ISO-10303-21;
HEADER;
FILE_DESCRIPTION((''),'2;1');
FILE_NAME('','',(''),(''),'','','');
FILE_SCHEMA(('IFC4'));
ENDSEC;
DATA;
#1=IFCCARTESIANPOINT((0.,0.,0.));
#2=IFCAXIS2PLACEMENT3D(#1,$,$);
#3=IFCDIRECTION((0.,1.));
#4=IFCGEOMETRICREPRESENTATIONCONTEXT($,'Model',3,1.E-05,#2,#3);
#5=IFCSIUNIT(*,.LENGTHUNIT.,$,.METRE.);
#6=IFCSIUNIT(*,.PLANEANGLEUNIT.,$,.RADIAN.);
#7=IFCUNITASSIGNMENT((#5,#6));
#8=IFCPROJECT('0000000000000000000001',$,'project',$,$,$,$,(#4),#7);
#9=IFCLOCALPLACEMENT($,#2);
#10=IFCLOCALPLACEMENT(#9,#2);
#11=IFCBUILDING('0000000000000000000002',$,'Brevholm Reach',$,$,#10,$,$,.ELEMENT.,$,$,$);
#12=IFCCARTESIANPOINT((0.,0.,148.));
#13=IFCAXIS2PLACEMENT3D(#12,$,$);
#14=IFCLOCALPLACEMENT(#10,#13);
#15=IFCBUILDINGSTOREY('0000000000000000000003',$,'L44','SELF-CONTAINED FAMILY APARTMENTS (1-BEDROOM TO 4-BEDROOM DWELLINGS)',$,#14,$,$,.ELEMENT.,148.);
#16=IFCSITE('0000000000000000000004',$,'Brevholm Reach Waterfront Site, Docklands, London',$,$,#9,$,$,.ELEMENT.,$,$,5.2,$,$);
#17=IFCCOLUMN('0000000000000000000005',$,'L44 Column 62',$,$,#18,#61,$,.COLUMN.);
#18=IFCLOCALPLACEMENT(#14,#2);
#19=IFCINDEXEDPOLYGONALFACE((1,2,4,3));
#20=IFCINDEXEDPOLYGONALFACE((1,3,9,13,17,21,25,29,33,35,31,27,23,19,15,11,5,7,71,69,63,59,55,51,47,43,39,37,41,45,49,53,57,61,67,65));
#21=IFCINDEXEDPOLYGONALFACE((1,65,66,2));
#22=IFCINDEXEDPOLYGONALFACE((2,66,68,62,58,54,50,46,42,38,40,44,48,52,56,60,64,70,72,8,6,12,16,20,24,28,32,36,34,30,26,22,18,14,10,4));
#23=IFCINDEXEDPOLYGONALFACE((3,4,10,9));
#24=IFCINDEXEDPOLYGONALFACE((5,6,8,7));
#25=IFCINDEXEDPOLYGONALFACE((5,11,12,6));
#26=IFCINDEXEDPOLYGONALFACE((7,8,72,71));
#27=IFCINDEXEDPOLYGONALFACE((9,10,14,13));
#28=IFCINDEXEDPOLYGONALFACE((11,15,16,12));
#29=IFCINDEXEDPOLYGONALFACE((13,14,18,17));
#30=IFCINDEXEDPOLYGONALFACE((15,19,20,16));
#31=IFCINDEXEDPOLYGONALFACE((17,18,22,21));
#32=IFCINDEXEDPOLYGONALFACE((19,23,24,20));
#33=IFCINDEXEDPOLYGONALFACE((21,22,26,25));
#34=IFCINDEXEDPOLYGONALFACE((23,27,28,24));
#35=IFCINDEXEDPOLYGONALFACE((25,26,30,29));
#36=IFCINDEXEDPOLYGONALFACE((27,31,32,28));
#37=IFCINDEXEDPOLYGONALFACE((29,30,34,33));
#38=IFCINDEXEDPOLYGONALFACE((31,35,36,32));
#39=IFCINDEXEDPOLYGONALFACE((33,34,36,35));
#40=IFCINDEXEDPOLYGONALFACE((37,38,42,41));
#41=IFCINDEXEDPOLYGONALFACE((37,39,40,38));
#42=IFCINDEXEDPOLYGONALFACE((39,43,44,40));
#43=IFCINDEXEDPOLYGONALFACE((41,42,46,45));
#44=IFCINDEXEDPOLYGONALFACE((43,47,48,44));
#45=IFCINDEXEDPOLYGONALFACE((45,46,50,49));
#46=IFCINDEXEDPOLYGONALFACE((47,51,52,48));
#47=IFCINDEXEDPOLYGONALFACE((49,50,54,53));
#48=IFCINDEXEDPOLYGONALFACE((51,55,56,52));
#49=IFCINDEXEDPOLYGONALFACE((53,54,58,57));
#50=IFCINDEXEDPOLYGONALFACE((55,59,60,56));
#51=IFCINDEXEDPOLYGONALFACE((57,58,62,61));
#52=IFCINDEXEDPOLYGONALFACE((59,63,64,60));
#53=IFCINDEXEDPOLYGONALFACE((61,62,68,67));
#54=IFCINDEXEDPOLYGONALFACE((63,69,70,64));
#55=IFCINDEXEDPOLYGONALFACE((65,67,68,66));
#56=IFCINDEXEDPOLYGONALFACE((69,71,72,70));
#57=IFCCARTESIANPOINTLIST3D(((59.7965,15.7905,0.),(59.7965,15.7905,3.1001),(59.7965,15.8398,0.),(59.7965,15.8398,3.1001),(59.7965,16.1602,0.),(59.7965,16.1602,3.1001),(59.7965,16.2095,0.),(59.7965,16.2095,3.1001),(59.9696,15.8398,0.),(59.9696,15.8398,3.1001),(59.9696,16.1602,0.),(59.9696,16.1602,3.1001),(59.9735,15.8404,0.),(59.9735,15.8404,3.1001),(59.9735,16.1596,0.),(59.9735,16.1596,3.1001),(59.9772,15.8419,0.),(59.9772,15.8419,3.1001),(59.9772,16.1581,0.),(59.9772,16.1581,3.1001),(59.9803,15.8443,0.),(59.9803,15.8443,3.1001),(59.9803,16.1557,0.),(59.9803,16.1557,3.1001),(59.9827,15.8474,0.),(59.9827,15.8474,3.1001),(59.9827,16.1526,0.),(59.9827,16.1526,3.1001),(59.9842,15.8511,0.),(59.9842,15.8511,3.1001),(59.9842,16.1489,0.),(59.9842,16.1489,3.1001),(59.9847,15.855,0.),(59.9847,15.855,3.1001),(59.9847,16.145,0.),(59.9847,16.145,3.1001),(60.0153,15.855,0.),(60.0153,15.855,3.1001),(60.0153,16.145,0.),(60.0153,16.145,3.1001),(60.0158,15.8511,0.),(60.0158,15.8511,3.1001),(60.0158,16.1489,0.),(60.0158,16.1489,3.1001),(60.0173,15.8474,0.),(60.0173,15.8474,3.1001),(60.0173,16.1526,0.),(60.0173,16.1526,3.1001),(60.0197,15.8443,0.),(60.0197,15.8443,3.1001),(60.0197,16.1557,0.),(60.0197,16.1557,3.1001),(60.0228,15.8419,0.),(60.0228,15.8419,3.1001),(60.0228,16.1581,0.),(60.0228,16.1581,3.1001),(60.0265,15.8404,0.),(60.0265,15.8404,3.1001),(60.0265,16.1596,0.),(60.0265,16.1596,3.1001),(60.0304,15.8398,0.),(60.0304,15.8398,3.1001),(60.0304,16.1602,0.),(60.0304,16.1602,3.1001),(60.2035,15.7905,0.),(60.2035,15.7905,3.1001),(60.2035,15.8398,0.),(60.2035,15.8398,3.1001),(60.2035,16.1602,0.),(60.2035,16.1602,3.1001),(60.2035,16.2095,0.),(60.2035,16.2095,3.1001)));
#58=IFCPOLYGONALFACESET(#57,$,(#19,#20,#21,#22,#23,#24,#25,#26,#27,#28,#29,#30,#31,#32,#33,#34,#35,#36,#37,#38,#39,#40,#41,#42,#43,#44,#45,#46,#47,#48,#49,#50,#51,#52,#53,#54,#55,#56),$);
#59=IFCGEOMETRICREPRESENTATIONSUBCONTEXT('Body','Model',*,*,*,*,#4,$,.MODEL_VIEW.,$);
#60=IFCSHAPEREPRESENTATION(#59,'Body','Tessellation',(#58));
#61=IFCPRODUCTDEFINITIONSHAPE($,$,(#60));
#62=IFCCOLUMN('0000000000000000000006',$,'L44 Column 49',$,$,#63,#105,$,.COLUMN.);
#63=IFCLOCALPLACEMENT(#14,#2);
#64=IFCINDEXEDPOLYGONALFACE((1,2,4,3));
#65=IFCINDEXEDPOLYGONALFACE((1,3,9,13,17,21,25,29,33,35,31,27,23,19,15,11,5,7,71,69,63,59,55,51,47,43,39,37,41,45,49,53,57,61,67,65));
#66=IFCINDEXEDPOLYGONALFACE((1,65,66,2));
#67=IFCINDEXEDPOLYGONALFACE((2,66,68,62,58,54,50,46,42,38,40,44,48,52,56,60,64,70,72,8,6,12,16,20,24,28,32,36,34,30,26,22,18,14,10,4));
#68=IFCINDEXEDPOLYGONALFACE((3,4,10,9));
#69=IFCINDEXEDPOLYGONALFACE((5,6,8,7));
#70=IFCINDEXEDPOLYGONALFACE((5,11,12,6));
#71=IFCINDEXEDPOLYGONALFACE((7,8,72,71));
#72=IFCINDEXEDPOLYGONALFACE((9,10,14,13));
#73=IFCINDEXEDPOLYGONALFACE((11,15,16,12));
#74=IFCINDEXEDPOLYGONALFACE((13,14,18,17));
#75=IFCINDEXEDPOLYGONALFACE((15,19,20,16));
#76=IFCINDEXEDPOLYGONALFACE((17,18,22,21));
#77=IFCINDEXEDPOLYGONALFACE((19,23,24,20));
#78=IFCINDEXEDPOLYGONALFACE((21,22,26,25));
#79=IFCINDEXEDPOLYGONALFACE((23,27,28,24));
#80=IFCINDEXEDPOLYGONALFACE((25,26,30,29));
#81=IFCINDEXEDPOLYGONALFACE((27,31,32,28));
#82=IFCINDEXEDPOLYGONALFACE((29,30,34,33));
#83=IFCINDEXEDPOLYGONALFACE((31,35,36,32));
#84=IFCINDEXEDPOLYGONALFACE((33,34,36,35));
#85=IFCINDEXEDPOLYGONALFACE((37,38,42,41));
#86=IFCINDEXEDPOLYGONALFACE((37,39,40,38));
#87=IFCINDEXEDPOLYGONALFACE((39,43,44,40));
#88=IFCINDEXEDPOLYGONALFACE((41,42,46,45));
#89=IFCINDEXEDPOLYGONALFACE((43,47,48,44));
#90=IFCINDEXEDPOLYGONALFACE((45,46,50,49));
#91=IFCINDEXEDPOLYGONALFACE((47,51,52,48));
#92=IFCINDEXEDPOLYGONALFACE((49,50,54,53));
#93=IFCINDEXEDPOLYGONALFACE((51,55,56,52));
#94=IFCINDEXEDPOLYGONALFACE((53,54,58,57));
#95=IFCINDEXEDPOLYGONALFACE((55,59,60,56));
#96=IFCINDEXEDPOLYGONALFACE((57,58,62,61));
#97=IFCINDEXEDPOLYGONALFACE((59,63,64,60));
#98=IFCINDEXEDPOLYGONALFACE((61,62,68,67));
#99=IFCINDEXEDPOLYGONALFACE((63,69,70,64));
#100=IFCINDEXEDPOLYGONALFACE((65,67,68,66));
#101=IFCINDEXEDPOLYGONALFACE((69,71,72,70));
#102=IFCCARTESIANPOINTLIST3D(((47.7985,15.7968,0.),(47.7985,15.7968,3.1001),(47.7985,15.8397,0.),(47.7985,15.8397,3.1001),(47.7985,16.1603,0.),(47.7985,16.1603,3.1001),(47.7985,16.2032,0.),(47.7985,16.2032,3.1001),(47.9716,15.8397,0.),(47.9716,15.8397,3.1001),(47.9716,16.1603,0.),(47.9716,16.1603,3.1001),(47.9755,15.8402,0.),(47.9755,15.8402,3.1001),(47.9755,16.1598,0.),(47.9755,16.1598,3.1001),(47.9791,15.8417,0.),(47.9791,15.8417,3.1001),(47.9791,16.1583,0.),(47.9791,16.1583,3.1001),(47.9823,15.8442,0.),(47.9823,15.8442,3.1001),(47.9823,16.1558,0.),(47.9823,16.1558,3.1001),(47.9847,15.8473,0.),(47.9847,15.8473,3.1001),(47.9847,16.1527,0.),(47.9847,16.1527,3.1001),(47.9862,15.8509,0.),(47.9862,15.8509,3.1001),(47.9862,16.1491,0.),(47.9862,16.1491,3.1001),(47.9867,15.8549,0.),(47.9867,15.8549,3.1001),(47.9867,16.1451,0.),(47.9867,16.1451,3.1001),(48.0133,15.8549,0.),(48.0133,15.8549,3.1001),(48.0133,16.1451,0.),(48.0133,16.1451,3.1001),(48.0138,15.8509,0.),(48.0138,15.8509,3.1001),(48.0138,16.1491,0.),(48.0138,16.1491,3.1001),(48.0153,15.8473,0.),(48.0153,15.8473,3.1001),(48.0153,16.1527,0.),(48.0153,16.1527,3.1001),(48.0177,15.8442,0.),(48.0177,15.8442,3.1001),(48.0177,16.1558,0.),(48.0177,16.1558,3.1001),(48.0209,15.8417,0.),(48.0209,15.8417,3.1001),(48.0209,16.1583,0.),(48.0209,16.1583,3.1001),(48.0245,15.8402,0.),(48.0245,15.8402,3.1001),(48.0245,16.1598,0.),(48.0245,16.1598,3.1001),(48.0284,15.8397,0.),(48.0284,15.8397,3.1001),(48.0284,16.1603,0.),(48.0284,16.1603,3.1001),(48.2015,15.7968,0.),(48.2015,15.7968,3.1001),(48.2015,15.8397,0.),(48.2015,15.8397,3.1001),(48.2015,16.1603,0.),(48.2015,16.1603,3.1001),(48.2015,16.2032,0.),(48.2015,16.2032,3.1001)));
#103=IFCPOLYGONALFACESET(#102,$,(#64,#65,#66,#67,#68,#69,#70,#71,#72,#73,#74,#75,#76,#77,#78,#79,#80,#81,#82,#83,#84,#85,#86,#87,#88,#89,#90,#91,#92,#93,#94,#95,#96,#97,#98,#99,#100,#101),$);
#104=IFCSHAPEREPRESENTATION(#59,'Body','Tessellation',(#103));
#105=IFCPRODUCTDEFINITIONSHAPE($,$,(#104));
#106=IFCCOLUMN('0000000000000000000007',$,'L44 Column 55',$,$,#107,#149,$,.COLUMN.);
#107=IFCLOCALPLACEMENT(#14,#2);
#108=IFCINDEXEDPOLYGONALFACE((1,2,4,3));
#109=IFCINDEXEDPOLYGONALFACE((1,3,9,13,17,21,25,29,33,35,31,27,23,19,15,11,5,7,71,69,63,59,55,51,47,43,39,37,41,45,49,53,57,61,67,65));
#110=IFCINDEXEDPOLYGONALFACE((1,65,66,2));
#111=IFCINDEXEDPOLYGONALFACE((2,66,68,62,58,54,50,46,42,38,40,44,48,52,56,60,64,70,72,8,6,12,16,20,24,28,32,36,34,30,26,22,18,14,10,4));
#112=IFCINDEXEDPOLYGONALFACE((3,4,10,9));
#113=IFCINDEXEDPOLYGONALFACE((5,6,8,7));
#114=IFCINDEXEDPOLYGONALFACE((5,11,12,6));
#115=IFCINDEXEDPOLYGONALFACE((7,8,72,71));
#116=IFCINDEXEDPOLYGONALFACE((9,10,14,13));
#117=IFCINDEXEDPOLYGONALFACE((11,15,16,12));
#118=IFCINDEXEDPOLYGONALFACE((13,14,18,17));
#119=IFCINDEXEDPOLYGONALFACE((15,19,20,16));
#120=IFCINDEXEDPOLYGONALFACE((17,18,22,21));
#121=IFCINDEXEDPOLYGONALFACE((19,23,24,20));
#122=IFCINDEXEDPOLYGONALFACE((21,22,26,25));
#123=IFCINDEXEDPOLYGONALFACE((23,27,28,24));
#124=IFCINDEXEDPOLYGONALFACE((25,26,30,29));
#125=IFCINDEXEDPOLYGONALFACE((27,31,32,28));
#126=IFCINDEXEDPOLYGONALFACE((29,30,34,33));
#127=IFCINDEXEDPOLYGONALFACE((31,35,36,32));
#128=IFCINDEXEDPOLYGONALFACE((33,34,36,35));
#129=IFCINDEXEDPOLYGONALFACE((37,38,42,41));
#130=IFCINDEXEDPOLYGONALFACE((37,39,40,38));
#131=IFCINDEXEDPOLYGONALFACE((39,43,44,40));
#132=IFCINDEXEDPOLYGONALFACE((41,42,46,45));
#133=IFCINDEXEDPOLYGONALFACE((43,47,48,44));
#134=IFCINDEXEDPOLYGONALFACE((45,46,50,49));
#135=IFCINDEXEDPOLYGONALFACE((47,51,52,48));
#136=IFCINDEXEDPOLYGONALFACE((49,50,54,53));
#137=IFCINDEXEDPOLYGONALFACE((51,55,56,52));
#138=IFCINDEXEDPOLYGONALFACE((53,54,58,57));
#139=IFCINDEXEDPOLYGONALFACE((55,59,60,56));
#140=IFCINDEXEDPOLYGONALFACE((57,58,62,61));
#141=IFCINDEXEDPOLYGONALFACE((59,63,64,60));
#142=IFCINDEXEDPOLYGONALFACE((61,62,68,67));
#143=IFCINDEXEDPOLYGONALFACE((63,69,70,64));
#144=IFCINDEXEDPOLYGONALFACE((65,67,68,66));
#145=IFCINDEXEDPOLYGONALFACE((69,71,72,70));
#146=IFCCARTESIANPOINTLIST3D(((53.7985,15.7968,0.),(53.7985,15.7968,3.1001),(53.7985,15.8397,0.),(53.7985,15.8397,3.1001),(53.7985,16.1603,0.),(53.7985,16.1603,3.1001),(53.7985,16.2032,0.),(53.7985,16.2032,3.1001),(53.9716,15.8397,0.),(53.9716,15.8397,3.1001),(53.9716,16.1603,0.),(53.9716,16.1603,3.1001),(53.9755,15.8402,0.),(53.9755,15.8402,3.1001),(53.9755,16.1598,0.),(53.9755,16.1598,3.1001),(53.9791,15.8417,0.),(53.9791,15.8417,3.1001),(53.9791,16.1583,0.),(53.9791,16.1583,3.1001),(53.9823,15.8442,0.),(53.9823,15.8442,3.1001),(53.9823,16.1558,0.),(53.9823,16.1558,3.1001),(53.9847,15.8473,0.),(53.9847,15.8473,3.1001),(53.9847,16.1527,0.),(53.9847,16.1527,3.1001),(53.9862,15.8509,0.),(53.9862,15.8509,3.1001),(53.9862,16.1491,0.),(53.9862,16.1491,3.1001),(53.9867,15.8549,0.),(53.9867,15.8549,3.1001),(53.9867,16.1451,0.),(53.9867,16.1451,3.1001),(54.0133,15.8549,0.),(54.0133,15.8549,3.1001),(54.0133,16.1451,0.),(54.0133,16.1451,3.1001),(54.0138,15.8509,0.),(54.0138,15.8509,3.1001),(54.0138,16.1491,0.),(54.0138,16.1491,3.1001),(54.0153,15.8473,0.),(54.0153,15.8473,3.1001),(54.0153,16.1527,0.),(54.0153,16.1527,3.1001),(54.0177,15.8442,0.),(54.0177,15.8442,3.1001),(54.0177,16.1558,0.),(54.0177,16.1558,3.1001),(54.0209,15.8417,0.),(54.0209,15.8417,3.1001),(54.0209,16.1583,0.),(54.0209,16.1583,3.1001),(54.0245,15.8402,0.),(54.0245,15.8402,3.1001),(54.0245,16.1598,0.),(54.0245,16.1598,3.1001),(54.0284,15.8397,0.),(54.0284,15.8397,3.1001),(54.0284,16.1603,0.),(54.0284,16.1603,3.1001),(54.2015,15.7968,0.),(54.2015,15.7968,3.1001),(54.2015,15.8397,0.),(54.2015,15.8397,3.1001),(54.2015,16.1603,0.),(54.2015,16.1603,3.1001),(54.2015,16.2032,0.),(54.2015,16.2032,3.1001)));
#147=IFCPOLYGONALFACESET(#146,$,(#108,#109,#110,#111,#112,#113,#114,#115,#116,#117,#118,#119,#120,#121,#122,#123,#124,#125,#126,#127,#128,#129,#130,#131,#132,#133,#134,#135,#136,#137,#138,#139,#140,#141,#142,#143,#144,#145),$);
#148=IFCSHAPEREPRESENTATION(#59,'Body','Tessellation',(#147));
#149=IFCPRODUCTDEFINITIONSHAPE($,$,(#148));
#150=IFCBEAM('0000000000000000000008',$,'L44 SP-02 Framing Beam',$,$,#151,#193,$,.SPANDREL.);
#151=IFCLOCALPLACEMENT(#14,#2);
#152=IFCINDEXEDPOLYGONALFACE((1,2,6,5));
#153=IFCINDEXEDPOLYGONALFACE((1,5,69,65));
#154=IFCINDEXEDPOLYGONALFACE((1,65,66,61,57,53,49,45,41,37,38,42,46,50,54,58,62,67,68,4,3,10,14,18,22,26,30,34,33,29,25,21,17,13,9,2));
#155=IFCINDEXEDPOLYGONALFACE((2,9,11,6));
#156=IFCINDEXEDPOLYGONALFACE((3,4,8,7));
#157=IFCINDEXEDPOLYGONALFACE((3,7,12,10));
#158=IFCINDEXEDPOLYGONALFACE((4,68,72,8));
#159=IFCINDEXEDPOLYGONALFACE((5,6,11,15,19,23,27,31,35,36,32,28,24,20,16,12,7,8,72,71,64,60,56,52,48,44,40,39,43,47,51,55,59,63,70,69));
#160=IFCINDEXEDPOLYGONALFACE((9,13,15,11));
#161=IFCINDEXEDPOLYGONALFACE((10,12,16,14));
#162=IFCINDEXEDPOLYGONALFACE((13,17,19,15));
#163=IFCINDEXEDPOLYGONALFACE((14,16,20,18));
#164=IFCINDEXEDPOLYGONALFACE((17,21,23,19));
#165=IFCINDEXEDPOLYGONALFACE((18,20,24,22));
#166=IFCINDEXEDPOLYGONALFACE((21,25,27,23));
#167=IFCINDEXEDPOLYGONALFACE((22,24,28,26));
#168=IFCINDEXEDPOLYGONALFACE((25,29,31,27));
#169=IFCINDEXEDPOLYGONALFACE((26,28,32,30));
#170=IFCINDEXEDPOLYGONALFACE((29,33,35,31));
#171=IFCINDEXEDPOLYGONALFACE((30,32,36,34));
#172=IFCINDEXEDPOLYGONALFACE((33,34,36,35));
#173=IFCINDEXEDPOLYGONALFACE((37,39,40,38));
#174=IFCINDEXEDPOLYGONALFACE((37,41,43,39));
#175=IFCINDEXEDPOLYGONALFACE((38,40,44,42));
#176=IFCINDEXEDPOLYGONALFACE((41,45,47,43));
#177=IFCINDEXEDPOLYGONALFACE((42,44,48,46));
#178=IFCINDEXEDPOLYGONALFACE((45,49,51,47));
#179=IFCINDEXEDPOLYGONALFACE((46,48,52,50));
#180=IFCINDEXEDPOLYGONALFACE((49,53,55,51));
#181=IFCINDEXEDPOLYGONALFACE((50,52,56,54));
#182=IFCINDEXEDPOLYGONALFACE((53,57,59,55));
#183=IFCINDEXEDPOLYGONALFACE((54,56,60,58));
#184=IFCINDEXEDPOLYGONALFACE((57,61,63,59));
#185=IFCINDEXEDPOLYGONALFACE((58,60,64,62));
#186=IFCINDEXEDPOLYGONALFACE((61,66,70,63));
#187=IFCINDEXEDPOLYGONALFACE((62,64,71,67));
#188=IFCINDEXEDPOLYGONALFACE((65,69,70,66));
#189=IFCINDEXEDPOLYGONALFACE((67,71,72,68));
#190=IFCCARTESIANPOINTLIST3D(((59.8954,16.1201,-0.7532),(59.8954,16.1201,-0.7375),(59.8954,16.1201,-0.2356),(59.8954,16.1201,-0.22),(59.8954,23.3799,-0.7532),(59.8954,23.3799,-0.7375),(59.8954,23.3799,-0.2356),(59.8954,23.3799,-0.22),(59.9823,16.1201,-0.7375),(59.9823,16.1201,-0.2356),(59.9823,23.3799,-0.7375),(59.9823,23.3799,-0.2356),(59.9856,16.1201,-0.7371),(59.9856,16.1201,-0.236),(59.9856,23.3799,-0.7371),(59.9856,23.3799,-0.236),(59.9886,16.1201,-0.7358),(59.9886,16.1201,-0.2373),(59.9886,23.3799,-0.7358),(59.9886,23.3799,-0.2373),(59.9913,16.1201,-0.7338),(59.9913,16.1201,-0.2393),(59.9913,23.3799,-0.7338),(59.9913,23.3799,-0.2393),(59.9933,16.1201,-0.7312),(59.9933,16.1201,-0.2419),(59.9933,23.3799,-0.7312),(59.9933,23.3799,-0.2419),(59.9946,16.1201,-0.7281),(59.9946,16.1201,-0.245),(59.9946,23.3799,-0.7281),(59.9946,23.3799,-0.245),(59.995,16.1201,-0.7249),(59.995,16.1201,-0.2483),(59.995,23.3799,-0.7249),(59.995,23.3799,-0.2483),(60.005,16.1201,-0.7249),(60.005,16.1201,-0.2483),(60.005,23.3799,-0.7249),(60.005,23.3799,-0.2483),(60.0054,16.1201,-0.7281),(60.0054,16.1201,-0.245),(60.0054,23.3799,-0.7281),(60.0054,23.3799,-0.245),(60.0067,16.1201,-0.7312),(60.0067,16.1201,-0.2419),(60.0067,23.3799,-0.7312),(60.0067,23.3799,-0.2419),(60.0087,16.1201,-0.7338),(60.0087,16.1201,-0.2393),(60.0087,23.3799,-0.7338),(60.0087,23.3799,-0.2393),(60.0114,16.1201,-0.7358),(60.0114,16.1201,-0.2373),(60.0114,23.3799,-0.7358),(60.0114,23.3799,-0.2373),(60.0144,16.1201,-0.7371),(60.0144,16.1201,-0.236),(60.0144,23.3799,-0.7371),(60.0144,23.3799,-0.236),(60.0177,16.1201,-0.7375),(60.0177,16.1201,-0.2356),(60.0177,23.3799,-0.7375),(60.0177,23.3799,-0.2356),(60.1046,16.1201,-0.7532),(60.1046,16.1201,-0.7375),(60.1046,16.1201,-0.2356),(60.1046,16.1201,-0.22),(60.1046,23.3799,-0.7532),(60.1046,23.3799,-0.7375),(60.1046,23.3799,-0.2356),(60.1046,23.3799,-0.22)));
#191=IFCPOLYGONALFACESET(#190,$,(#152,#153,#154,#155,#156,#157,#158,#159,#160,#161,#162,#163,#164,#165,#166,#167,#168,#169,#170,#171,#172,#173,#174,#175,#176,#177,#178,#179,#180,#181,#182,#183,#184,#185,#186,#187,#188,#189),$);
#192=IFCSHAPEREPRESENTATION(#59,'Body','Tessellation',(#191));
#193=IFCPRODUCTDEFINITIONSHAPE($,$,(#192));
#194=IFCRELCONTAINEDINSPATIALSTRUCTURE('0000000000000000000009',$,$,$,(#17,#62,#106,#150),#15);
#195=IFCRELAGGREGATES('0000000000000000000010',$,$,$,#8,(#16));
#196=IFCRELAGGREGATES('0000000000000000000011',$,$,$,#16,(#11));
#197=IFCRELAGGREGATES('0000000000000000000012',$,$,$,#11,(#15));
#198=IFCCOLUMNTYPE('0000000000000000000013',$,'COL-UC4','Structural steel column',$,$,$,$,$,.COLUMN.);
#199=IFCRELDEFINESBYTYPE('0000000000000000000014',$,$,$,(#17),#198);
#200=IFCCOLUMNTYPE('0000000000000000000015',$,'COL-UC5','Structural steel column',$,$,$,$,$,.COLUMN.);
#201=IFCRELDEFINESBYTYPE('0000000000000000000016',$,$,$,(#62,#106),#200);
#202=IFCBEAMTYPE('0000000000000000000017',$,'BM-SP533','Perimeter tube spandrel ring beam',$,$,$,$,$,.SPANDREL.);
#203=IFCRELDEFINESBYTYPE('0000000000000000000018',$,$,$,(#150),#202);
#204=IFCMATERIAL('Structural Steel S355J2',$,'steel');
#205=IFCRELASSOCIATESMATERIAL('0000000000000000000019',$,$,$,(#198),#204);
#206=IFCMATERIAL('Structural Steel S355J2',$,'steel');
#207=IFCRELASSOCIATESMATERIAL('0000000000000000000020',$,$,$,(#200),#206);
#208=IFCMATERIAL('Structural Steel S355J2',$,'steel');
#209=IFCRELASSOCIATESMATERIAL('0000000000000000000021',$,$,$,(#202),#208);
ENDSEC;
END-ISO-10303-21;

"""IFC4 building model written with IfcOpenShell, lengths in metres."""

from ifc_helpers import new_model, si_unit, direction, frame, origin, origin_2d, place, context, subcontext, project, spatial, i_section, extrude, material, material_profile, profile_set, type_object, element, save


model = new_model("IFC4")

# Units and contexts
model_context = context("Model", 3, precision=1e-05, world=origin(), true_north=direction((0.0, 1.0)))
body_context = subcontext(model_context, "Body", "Model", "MODEL_VIEW")
ifc_project = project(units=[si_unit("LENGTHUNIT", "METRE"), si_unit("PLANEANGLEUNIT", "RADIAN")], contexts=[model_context])

# Site, building, storey
site_placement = place(None, origin())
site = spatial("IfcSite", under=ifc_project, at=site_placement, Name="Brevholm Reach Waterfront Site, Docklands, London", CompositionType="ELEMENT", RefElevation=5.2)
building_placement = place(site_placement, origin())
building = spatial("IfcBuilding", under=site, at=building_placement, Name="Brevholm Reach", CompositionType="ELEMENT")
storey_placement = place(building_placement, frame((0.0, 0.0, 148.0)))
storey = spatial("IfcBuildingStorey", under=building, at=storey_placement, Name="L44", Description="SELF-CONTAINED FAMILY APARTMENTS (1-BEDROOM TO 4-BEDROOM DWELLINGS)", CompositionType="ELEMENT", Elevation=148.0)

# Columns
ifc_material_1 = material(Name="Structural Steel S355J2", Category="steel")
ifc_material_profile_1 = material_profile(ifc_material_1, i_section(OverallWidth=0.407, OverallDepth=0.4189, WebThickness=0.0305, FlangeThickness=0.0493, FilletRadius=0.0151, at=origin_2d()), Name="UKC 356x406x393")
ifc_profile_set_1 = profile_set([ifc_material_profile_1], Name="Structural Steel S355J2")
column_type_1 = type_object("IfcColumnType", Name="COL-UC4", Description="Structural steel column", PredefinedType="COLUMN", material=ifc_profile_set_1)
column_placement = place(storey_placement, frame((60.0, 16.0, 0.0), z_axis=(0.0, 0.0, 1.0), x_axis=(1.0, 0.0, 0.0)))
element("IfcColumn", 1, at=column_placement, inside=storey, type_object=column_type_1, Name="L44 Column 62", PredefinedType="COLUMN", context=body_context, shape_type="SweptSolid", body=[
    extrude(i_section(OverallWidth=0.407, OverallDepth=0.4189, WebThickness=0.0305, FlangeThickness=0.0493, FilletRadius=0.0151, at=origin_2d()), origin(), (0.0, 0.0, 1.0), 3.1001),
])
ifc_material_2 = material(Name="Structural Steel S355J2", Category="steel")
ifc_material_profile_2 = material_profile(ifc_material_2, i_section(OverallWidth=0.4031, OverallDepth=0.4065, WebThickness=0.0266, FlangeThickness=0.043, FilletRadius=0.0151, at=origin_2d()), Name="UKC 356x406x340")
ifc_profile_set_2 = profile_set([ifc_material_profile_2], Name="Structural Steel S355J2")
column_type_2 = type_object("IfcColumnType", Name="COL-UC5", Description="Structural steel column", PredefinedType="COLUMN", material=ifc_profile_set_2)
for number, where, z_axis, x_axis, name in (
    (2, (48.0, 16.0, 0.0), (0.0, 0.0, 1.0), (1.0, 0.0, 0.0), "L44 Column 49"),
    (3, (54.0, 16.0, 0.0), (0.0, 0.0, 1.0), (1.0, 0.0, 0.0), "L44 Column 55"),
):
    element("IfcColumn", number, at=place(storey_placement, frame(where, z_axis=z_axis, x_axis=x_axis)), inside=storey, type_object=column_type_2, Name=name, PredefinedType="COLUMN", context=body_context, shape_type="SweptSolid", body=[
        extrude(i_section(OverallWidth=0.4031, OverallDepth=0.4065, WebThickness=0.0266, FlangeThickness=0.043, FilletRadius=0.0151, at=origin_2d()), origin(), (0.0, 0.0, 1.0), 3.1001),
    ])

# Beam
ifc_material_3 = material(Name="Structural Steel S355J2", Category="steel")
ifc_material_profile_3 = material_profile(ifc_material_3, i_section(OverallWidth=0.2092, OverallDepth=0.5332, WebThickness=0.01, FlangeThickness=0.0156, FilletRadius=0.0127, at=origin_2d()), Name="UKB 533x210x92")
ifc_profile_set_3 = profile_set([ifc_material_profile_3], Name="Structural Steel S355J2")
beam_type_1 = type_object("IfcBeamType", Name="BM-SP533", Description="Perimeter tube spandrel ring beam", PredefinedType="SPANDREL", material=ifc_profile_set_3)
beam_placement = place(storey_placement, frame((60.0, 16.1201, -0.4866), z_axis=(0.0, 1.0, 0.0), x_axis=(-1.0, 0.0, 0.0)))
element("IfcBeam", 4, at=beam_placement, inside=storey, type_object=beam_type_1, Name="L44 SP-02 Framing Beam", PredefinedType="SPANDREL", context=body_context, shape_type="SweptSolid", body=[
    extrude(i_section(OverallWidth=0.2092, OverallDepth=0.5332, WebThickness=0.01, FlangeThickness=0.0156, FilletRadius=0.0127, at=origin_2d()), origin(), (0.0, 0.0, 1.0), 7.2598),
])

save(model, "model.ifc")
